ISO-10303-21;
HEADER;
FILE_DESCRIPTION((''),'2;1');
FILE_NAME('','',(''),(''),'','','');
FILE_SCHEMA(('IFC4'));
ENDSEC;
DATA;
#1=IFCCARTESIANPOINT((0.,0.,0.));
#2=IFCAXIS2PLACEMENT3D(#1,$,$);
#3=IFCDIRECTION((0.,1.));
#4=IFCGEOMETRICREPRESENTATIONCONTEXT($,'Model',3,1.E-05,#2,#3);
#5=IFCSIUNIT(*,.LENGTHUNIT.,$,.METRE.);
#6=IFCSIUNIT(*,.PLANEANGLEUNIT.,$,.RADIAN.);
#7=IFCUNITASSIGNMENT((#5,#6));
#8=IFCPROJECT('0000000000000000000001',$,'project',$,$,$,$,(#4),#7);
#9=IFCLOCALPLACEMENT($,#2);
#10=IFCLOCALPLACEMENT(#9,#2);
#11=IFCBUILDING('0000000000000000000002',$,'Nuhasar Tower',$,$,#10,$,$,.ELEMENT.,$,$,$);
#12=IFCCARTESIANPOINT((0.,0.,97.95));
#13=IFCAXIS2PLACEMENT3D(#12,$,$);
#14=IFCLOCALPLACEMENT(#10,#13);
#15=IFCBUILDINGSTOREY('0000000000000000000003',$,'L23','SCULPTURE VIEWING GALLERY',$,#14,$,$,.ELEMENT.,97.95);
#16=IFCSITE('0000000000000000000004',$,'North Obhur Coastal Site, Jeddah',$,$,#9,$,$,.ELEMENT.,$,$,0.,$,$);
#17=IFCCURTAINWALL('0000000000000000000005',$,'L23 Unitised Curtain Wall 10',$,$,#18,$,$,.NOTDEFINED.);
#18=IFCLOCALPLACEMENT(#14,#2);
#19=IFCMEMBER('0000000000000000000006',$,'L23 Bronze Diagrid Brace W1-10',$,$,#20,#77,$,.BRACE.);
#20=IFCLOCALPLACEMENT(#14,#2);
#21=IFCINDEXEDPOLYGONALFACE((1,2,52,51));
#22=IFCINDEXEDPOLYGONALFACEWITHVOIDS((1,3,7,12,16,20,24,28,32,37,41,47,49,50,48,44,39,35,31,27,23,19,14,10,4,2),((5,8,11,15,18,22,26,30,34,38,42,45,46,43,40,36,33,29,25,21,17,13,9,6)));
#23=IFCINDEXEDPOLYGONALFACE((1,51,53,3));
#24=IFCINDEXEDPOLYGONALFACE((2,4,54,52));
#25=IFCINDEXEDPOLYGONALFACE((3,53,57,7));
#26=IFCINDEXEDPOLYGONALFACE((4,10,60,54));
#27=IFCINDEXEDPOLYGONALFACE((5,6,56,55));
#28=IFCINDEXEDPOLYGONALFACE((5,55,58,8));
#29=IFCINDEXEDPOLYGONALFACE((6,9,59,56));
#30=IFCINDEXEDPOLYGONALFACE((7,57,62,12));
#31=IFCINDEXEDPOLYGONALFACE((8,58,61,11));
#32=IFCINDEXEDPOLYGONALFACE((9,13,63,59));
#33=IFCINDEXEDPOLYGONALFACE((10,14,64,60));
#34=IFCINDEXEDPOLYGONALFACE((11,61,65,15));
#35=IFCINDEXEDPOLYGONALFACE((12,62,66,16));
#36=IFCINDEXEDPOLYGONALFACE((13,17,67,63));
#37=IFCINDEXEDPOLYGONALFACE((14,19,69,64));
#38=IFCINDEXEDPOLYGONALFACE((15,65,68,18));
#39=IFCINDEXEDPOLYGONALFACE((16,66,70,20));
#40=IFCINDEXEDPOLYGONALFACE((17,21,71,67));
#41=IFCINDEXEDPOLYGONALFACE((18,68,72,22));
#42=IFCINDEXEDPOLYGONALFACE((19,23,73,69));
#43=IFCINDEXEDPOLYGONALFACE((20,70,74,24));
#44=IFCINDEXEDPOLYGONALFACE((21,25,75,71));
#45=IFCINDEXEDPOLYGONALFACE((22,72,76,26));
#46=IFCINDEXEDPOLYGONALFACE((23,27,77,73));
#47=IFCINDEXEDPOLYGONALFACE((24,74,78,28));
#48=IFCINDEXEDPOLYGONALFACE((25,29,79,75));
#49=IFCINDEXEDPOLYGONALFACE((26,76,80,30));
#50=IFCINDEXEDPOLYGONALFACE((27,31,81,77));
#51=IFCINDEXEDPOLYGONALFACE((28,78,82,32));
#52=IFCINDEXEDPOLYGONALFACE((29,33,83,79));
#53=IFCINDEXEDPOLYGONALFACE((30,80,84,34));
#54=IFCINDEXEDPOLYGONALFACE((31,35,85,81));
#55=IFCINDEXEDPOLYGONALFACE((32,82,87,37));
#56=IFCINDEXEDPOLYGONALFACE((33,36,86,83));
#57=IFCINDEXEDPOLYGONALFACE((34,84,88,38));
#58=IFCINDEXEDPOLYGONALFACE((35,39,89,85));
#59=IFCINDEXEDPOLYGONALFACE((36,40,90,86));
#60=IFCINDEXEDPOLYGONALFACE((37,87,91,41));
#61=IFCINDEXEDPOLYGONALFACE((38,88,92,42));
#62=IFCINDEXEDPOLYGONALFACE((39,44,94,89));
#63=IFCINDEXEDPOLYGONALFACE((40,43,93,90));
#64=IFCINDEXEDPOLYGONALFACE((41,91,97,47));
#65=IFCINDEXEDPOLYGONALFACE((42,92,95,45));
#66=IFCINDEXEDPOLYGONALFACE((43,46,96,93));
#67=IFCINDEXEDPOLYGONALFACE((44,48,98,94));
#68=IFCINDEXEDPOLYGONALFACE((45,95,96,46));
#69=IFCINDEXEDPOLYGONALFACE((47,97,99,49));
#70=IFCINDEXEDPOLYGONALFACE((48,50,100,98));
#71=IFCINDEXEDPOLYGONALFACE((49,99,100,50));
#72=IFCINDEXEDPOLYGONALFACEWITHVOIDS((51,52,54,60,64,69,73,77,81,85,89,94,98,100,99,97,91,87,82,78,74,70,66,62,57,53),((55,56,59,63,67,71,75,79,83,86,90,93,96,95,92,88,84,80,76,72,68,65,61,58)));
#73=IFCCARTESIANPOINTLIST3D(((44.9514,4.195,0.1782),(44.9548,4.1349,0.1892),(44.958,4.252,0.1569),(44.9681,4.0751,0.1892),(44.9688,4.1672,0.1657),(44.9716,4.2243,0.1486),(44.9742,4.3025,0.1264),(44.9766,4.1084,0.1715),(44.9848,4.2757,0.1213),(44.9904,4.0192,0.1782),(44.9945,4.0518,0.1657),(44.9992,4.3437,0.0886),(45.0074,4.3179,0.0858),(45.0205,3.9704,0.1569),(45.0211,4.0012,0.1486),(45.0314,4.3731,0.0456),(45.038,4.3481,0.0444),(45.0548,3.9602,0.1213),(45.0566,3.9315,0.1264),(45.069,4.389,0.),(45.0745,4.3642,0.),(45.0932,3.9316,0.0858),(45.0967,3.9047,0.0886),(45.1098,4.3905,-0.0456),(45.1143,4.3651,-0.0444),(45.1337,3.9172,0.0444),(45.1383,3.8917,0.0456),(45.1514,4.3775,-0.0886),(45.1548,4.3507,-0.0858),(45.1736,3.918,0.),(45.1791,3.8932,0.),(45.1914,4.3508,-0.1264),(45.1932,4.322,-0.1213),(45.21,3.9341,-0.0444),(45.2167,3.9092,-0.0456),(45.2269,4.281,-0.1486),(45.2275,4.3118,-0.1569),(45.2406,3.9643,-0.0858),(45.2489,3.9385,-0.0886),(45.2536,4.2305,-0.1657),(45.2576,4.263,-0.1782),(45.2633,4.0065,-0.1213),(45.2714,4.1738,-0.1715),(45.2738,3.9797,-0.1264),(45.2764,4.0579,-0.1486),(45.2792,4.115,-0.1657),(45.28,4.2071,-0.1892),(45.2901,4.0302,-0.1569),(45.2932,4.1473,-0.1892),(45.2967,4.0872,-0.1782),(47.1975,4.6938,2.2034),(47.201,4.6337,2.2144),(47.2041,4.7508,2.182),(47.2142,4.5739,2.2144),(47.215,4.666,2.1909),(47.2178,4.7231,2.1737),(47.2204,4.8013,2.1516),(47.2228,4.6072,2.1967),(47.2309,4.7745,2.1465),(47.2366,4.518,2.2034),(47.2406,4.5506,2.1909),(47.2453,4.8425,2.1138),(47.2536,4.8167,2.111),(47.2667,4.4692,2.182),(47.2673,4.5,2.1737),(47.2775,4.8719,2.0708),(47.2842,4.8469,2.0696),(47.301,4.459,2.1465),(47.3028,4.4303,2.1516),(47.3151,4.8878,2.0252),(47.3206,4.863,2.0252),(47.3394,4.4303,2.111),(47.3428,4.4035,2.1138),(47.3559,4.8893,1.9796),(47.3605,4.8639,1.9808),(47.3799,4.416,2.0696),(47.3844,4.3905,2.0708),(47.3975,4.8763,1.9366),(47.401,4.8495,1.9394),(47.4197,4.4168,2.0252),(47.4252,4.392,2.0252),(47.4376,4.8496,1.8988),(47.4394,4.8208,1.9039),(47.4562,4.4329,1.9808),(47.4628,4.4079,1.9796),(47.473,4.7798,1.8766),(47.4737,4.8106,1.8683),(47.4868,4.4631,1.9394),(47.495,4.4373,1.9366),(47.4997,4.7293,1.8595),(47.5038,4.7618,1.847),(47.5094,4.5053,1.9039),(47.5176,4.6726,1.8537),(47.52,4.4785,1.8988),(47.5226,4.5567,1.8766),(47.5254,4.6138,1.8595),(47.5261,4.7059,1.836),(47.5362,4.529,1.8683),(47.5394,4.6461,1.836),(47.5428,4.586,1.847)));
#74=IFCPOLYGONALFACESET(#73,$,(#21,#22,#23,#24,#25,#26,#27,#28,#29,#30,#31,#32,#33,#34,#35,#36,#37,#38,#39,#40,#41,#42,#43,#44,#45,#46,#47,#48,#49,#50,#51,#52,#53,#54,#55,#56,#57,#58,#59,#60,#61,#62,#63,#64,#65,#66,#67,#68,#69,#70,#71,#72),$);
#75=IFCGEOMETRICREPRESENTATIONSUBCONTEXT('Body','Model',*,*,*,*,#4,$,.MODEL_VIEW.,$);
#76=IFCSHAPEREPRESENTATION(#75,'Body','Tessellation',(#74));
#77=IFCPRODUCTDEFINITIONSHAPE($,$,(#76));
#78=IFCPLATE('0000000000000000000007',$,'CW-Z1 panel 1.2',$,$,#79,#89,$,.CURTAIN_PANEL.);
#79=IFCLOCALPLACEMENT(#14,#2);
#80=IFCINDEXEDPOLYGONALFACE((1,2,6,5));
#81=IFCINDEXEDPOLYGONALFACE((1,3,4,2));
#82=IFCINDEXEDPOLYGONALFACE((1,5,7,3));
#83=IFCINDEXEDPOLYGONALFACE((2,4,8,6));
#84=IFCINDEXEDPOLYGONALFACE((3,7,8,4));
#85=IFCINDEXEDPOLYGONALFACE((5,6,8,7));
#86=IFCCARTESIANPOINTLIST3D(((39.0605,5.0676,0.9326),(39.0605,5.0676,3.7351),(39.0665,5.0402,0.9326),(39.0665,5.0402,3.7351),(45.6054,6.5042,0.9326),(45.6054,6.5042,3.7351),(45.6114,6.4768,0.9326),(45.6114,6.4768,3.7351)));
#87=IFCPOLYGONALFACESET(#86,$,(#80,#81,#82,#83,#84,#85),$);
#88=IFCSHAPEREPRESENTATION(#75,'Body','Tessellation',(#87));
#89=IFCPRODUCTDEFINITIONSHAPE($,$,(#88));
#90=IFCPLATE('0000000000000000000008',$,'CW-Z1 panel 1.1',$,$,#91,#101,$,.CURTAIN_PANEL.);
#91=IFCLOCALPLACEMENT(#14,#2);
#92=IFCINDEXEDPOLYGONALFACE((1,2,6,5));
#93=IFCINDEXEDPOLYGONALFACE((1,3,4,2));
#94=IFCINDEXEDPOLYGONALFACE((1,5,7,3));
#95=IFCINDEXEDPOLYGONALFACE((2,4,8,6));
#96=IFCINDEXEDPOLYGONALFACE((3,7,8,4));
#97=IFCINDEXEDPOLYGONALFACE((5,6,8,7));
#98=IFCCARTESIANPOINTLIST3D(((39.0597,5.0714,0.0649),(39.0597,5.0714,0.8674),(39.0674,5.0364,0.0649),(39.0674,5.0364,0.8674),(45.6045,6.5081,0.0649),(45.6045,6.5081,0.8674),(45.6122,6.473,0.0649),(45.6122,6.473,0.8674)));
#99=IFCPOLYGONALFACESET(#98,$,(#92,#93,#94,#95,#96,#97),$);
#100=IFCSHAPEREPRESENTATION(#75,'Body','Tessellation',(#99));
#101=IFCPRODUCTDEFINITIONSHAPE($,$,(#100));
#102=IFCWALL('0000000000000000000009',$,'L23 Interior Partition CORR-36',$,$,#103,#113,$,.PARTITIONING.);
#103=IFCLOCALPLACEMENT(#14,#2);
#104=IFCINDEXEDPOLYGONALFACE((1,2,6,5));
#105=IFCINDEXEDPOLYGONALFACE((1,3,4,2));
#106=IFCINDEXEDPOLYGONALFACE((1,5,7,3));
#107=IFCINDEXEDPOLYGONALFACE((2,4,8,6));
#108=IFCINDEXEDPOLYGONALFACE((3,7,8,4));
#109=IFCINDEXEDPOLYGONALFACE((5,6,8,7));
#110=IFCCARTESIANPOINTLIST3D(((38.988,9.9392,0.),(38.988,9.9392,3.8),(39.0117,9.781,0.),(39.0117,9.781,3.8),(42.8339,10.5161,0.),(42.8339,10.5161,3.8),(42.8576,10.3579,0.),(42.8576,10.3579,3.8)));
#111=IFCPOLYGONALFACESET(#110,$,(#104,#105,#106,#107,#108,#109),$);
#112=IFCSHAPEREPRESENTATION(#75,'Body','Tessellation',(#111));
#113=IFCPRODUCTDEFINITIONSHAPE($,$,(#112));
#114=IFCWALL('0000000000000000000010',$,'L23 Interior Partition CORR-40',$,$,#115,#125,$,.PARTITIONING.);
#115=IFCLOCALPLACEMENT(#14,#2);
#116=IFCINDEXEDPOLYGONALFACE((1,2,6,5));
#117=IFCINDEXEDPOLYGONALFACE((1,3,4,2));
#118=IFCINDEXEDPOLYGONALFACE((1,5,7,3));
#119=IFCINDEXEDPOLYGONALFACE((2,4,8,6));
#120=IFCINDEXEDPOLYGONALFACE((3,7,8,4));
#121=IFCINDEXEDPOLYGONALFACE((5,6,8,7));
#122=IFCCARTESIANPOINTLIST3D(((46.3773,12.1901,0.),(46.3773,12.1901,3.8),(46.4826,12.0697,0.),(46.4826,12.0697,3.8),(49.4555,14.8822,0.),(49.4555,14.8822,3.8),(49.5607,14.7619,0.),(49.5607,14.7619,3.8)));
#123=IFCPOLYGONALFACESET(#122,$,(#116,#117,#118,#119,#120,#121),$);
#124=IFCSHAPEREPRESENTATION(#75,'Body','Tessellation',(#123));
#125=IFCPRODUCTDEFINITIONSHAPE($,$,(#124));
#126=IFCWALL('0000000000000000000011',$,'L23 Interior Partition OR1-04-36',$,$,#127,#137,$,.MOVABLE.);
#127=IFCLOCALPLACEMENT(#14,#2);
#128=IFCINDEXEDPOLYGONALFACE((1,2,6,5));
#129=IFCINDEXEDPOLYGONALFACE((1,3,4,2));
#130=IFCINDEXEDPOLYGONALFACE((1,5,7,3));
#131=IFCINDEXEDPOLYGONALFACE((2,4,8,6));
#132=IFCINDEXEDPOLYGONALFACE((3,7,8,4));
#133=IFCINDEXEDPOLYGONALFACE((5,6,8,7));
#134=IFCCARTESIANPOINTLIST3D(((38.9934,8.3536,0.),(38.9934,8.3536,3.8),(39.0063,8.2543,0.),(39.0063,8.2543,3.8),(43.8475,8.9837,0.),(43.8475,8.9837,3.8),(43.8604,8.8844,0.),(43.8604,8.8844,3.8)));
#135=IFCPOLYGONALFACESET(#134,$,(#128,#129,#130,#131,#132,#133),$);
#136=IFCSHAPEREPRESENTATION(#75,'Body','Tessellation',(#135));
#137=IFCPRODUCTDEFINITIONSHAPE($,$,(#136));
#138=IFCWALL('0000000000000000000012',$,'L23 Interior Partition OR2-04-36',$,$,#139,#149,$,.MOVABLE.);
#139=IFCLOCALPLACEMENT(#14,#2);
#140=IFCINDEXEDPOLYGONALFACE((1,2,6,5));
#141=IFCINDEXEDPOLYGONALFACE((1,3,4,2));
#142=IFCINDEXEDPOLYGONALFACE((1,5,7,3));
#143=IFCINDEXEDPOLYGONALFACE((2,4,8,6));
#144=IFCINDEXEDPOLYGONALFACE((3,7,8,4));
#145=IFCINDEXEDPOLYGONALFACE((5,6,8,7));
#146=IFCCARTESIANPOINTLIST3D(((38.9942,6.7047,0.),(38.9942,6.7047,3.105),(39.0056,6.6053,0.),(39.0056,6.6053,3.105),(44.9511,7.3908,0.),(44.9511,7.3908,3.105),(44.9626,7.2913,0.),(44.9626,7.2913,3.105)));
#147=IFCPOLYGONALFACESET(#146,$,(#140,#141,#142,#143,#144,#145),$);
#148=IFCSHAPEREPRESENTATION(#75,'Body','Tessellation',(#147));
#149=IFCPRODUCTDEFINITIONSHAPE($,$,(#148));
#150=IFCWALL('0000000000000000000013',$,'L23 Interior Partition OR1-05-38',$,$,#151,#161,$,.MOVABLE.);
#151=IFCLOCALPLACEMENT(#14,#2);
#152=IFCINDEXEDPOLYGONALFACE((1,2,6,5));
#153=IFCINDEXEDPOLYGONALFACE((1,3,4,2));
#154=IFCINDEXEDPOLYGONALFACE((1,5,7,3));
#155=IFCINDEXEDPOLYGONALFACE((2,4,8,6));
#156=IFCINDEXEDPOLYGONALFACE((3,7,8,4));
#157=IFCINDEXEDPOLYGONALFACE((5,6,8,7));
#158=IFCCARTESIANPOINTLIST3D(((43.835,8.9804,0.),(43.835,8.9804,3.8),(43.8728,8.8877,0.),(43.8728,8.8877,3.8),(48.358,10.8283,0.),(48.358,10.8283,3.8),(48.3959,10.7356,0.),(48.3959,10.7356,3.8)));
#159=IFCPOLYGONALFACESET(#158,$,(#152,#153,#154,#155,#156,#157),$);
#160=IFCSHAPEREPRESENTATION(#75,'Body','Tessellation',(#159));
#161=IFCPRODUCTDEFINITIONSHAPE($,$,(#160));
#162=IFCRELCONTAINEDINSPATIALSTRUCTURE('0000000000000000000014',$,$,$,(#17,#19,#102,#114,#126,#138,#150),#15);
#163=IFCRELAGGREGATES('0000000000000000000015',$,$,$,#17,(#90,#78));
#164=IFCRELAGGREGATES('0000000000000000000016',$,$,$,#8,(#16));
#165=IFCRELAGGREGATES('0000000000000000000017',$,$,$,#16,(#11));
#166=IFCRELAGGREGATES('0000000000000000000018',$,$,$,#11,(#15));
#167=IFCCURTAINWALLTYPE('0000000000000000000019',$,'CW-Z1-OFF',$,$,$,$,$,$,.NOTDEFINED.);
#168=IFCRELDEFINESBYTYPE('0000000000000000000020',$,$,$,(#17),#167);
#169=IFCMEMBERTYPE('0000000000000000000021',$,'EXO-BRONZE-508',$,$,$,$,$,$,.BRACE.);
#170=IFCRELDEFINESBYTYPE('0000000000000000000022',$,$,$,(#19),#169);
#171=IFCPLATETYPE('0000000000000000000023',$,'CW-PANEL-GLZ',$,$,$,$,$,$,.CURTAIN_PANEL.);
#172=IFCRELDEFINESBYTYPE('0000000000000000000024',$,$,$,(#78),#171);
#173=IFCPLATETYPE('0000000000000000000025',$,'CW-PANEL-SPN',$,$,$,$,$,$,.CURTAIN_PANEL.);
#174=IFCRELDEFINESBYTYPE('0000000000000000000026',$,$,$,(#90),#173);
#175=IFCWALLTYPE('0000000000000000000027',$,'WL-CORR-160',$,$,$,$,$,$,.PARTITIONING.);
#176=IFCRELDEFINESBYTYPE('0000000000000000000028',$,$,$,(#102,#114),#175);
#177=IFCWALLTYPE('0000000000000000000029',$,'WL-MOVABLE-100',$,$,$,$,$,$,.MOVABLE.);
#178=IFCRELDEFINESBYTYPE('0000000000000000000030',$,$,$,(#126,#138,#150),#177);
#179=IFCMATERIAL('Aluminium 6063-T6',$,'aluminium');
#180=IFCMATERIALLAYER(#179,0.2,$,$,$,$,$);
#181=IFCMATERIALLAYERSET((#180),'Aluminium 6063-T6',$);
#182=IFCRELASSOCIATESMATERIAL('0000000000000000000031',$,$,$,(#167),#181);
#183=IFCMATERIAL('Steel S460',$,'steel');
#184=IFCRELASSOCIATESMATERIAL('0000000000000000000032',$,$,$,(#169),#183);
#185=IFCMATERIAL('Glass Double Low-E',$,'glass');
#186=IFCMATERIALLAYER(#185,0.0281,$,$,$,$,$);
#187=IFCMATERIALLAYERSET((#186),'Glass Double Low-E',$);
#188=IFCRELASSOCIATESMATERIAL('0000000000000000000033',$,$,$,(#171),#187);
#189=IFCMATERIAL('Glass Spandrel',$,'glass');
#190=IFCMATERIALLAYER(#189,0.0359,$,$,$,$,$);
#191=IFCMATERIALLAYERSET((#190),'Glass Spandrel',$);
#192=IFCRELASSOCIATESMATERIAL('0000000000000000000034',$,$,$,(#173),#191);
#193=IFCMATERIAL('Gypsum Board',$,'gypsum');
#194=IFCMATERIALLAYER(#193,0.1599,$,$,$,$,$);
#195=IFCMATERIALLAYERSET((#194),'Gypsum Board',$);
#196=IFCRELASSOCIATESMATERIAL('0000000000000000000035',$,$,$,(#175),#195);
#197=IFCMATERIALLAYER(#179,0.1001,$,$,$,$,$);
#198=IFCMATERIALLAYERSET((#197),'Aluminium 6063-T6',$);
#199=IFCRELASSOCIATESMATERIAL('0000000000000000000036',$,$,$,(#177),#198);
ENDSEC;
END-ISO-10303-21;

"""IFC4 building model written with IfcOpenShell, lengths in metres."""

from ifc_helpers import new_model, si_unit, direction, frame, frame_2d, origin, origin_2d, place, context, subcontext, project, spatial, rectangle, hollow_circle, extrude, material, layer, layer_set, material_profile, profile_set, type_object, element, aggregate, save


model = new_model("IFC4")

# Units and contexts
model_context = context("Model", 3, precision=1e-05, world=origin(), true_north=direction((0.0, 1.0)))
body_context = subcontext(model_context, "Body", "Model", "MODEL_VIEW")
ifc_project = project(units=[si_unit("LENGTHUNIT", "METRE"), si_unit("PLANEANGLEUNIT", "RADIAN")], contexts=[model_context])

# Site, building, storey
site_placement = place(None, origin())
site = spatial("IfcSite", under=ifc_project, at=site_placement, Name="North Obhur Coastal Site, Jeddah", CompositionType="ELEMENT", RefElevation=0.0)
building_placement = place(site_placement, origin())
building = spatial("IfcBuilding", under=site, at=building_placement, Name="Nuhasar Tower", CompositionType="ELEMENT")
storey_placement = place(building_placement, frame((0.0, 0.0, 97.95)))
storey = spatial("IfcBuildingStorey", under=building, at=storey_placement, Name="L23", Description="SCULPTURE VIEWING GALLERY", CompositionType="ELEMENT", Elevation=97.95)

# Curtain wall
ifc_material_1 = material(Name="Aluminium 6063-T6", Category="aluminium")
ifc_layer_1 = layer(ifc_material_1, 0.2)
ifc_layer_set_1 = layer_set([ifc_layer_1], Name="Aluminium 6063-T6")
curtain_wall_type = type_object("IfcCurtainWallType", Name="CW-Z1-OFF", PredefinedType="NOTDEFINED", material=ifc_layer_set_1)
curtain_wall_placement = place(storey_placement, origin())
curtain_wall = element("IfcCurtainWall", 1, at=curtain_wall_placement, inside=storey, type_object=curtain_wall_type, Name="L23 Unitised Curtain Wall 10", PredefinedType="NOTDEFINED")

# Member
ifc_material_2 = material(Name="Steel S460", Category="steel")
ifc_material_profile_1 = material_profile(ifc_material_2, hollow_circle(Radius=0.2539, WallThickness=0.0254, at=origin_2d()), Name="HSS508X25.4")
ifc_profile_set_1 = profile_set([ifc_material_profile_1], Name="Steel S460")
member_type_1 = type_object("IfcMemberType", Name="EXO-BRONZE-508", PredefinedType="BRACE", material=ifc_profile_set_1)
member_1_placement = place(storey_placement, frame((45.124, 4.1411, 0.0), z_axis=(0.732792, 0.162728, 0.660708), x_axis=(-0.216784, 0.97622, 0.0)))
element("IfcMember", 2, at=member_1_placement, inside=storey, type_object=member_type_1, Name="L23 Bronze Diagrid Brace W1-10", PredefinedType="BRACE", context=body_context, shape_type="SweptSolid", body=[
    extrude(hollow_circle(Radius=0.2539, WallThickness=0.0254, at=origin_2d()), origin(), (0.0, 0.0, 1.0), 3.0652),
])

# Plates
ifc_material_3 = material(Name="Glass Double Low-E", Category="glass")
ifc_layer_2 = layer(ifc_material_3, 0.0281)
ifc_layer_set_2 = layer_set([ifc_layer_2], Name="Glass Double Low-E")
plate_type_1 = type_object("IfcPlateType", Name="CW-PANEL-GLZ", PredefinedType="CURTAIN_PANEL", material=ifc_layer_set_2)
plate_1_placement = place(storey_placement, frame((42.3359, 5.7722, 0.9326), z_axis=(0.0, 0.0, 1.0), x_axis=(0.976746, 0.214399, 0.0)))
plate_1 = element("IfcPlate", 3, at=plate_1_placement, type_object=plate_type_1, Name="CW-Z1 panel 1.2", PredefinedType="CURTAIN_PANEL", context=body_context, shape_type="SweptSolid", body=[
    extrude(rectangle(XDim=6.7007, YDim=0.0281, at=origin_2d()), origin(), (0.0, 0.0, 1.0), 2.8025),
])
ifc_material_4 = material(Name="Glass Spandrel", Category="glass")
ifc_layer_3 = layer(ifc_material_4, 0.0359)
ifc_layer_set_3 = layer_set([ifc_layer_3], Name="Glass Spandrel")
plate_type_2 = type_object("IfcPlateType", Name="CW-PANEL-SPN", PredefinedType="CURTAIN_PANEL", material=ifc_layer_set_3)
plate_2_placement = place(storey_placement, frame((42.3359, 5.7722, 0.0649), z_axis=(0.0, 0.0, 1.0), x_axis=(0.976746, 0.214399, 0.0)))
plate_2 = element("IfcPlate", 4, at=plate_2_placement, type_object=plate_type_2, Name="CW-Z1 panel 1.1", PredefinedType="CURTAIN_PANEL", context=body_context, shape_type="SweptSolid", body=[
    extrude(rectangle(XDim=6.7007, YDim=0.0359, at=origin_2d()), origin(), (0.0, 0.0, 1.0), 0.8025),
])
aggregate(curtain_wall, [plate_2, plate_1])

# Wall
ifc_material_5 = material(Name="Gypsum Board", Category="gypsum")
ifc_layer_4 = layer(ifc_material_5, 0.1599)
ifc_layer_set_4 = layer_set([ifc_layer_4], Name="Gypsum Board")
wall_type_1 = type_object("IfcWallType", Name="WL-CORR-160", PredefinedType="PARTITIONING", material=ifc_layer_set_4)
wall_1_placement = place(storey_placement, frame((39.0, 9.8601, 0.0), z_axis=(0.0, 0.0, 1.0), x_axis=(0.988936, 0.148344, 0.0)))
element("IfcWall", 5, at=wall_1_placement, inside=storey, type_object=wall_type_1, Name="L23 Interior Partition CORR-36", PredefinedType="PARTITIONING", context=body_context, shape_type="SweptSolid", body=[
    extrude(rectangle(XDim=3.8889, YDim=0.1599, at=frame_2d((1.9443, 0.0))), origin(), (0.0, 0.0, 1.0), 3.8),
])

# Walls
wall_2_placement = place(storey_placement, frame((46.4299, 12.1299, 0.0), z_axis=(0.0, 0.0, 1.0), x_axis=(0.752725, 0.658336, 0.0)))
element("IfcWall", 6, at=wall_2_placement, inside=storey, type_object=wall_type_1, Name="L23 Interior Partition CORR-40", PredefinedType="PARTITIONING", context=body_context, shape_type="SweptSolid", body=[
    extrude(rectangle(XDim=4.0894, YDim=0.1599, at=frame_2d((2.0447, 0.0))), origin(), (0.0, 0.0, 1.0), 3.8),
])
ifc_layer_5 = layer(ifc_material_1, 0.1001)
ifc_layer_set_5 = layer_set([ifc_layer_5], Name="Aluminium 6063-T6")
wall_type_2 = type_object("IfcWallType", Name="WL-MOVABLE-100", PredefinedType="MOVABLE", material=ifc_layer_set_5)
wall_3_placement = place(storey_placement, frame((39.0, 8.304, 0.0), z_axis=(0.0, 0.0, 1.0), x_axis=(0.991679, 0.128736, 0.0)))
element("IfcWall", 7, at=wall_3_placement, inside=storey, type_object=wall_type_2, Name="L23 Interior Partition OR1-04-36", PredefinedType="MOVABLE", context=body_context, shape_type="SweptSolid", body=[
    extrude(rectangle(XDim=4.8948, YDim=0.1001, at=frame_2d((2.4473, 0.0))), origin(), (0.0, 0.0, 1.0), 3.8),
])
wall_4_placement = place(storey_placement, frame((39.0, 6.655, 0.0), z_axis=(0.0, 0.0, 1.0), x_axis=(0.993434, 0.114408, 0.0)))
element("IfcWall", 8, at=wall_4_placement, inside=storey, type_object=wall_type_2, Name="L23 Interior Partition OR2-04-36", PredefinedType="MOVABLE", context=body_context, shape_type="SweptSolid", body=[
    extrude(rectangle(XDim=5.9963, YDim=0.1001, at=frame_2d((2.998, 0.0))), origin(), (0.0, 0.0, 1.0), 3.105),
])
wall_5_placement = place(storey_placement, frame((43.854, 8.9341, 0.0), z_axis=(0.0, 0.0, 1.0), x_axis=(0.925719, 0.378213, 0.0)))
element("IfcWall", 9, at=wall_5_placement, inside=storey, type_object=wall_type_2, Name="L23 Interior Partition OR1-05-38", PredefinedType="MOVABLE", context=body_context, shape_type="SweptSolid", body=[
    extrude(rectangle(XDim=4.886, YDim=0.1001, at=frame_2d((2.4429, 0.0))), origin(), (0.0, 0.0, 1.0), 3.8),
])

save(model, "model.ifc")
